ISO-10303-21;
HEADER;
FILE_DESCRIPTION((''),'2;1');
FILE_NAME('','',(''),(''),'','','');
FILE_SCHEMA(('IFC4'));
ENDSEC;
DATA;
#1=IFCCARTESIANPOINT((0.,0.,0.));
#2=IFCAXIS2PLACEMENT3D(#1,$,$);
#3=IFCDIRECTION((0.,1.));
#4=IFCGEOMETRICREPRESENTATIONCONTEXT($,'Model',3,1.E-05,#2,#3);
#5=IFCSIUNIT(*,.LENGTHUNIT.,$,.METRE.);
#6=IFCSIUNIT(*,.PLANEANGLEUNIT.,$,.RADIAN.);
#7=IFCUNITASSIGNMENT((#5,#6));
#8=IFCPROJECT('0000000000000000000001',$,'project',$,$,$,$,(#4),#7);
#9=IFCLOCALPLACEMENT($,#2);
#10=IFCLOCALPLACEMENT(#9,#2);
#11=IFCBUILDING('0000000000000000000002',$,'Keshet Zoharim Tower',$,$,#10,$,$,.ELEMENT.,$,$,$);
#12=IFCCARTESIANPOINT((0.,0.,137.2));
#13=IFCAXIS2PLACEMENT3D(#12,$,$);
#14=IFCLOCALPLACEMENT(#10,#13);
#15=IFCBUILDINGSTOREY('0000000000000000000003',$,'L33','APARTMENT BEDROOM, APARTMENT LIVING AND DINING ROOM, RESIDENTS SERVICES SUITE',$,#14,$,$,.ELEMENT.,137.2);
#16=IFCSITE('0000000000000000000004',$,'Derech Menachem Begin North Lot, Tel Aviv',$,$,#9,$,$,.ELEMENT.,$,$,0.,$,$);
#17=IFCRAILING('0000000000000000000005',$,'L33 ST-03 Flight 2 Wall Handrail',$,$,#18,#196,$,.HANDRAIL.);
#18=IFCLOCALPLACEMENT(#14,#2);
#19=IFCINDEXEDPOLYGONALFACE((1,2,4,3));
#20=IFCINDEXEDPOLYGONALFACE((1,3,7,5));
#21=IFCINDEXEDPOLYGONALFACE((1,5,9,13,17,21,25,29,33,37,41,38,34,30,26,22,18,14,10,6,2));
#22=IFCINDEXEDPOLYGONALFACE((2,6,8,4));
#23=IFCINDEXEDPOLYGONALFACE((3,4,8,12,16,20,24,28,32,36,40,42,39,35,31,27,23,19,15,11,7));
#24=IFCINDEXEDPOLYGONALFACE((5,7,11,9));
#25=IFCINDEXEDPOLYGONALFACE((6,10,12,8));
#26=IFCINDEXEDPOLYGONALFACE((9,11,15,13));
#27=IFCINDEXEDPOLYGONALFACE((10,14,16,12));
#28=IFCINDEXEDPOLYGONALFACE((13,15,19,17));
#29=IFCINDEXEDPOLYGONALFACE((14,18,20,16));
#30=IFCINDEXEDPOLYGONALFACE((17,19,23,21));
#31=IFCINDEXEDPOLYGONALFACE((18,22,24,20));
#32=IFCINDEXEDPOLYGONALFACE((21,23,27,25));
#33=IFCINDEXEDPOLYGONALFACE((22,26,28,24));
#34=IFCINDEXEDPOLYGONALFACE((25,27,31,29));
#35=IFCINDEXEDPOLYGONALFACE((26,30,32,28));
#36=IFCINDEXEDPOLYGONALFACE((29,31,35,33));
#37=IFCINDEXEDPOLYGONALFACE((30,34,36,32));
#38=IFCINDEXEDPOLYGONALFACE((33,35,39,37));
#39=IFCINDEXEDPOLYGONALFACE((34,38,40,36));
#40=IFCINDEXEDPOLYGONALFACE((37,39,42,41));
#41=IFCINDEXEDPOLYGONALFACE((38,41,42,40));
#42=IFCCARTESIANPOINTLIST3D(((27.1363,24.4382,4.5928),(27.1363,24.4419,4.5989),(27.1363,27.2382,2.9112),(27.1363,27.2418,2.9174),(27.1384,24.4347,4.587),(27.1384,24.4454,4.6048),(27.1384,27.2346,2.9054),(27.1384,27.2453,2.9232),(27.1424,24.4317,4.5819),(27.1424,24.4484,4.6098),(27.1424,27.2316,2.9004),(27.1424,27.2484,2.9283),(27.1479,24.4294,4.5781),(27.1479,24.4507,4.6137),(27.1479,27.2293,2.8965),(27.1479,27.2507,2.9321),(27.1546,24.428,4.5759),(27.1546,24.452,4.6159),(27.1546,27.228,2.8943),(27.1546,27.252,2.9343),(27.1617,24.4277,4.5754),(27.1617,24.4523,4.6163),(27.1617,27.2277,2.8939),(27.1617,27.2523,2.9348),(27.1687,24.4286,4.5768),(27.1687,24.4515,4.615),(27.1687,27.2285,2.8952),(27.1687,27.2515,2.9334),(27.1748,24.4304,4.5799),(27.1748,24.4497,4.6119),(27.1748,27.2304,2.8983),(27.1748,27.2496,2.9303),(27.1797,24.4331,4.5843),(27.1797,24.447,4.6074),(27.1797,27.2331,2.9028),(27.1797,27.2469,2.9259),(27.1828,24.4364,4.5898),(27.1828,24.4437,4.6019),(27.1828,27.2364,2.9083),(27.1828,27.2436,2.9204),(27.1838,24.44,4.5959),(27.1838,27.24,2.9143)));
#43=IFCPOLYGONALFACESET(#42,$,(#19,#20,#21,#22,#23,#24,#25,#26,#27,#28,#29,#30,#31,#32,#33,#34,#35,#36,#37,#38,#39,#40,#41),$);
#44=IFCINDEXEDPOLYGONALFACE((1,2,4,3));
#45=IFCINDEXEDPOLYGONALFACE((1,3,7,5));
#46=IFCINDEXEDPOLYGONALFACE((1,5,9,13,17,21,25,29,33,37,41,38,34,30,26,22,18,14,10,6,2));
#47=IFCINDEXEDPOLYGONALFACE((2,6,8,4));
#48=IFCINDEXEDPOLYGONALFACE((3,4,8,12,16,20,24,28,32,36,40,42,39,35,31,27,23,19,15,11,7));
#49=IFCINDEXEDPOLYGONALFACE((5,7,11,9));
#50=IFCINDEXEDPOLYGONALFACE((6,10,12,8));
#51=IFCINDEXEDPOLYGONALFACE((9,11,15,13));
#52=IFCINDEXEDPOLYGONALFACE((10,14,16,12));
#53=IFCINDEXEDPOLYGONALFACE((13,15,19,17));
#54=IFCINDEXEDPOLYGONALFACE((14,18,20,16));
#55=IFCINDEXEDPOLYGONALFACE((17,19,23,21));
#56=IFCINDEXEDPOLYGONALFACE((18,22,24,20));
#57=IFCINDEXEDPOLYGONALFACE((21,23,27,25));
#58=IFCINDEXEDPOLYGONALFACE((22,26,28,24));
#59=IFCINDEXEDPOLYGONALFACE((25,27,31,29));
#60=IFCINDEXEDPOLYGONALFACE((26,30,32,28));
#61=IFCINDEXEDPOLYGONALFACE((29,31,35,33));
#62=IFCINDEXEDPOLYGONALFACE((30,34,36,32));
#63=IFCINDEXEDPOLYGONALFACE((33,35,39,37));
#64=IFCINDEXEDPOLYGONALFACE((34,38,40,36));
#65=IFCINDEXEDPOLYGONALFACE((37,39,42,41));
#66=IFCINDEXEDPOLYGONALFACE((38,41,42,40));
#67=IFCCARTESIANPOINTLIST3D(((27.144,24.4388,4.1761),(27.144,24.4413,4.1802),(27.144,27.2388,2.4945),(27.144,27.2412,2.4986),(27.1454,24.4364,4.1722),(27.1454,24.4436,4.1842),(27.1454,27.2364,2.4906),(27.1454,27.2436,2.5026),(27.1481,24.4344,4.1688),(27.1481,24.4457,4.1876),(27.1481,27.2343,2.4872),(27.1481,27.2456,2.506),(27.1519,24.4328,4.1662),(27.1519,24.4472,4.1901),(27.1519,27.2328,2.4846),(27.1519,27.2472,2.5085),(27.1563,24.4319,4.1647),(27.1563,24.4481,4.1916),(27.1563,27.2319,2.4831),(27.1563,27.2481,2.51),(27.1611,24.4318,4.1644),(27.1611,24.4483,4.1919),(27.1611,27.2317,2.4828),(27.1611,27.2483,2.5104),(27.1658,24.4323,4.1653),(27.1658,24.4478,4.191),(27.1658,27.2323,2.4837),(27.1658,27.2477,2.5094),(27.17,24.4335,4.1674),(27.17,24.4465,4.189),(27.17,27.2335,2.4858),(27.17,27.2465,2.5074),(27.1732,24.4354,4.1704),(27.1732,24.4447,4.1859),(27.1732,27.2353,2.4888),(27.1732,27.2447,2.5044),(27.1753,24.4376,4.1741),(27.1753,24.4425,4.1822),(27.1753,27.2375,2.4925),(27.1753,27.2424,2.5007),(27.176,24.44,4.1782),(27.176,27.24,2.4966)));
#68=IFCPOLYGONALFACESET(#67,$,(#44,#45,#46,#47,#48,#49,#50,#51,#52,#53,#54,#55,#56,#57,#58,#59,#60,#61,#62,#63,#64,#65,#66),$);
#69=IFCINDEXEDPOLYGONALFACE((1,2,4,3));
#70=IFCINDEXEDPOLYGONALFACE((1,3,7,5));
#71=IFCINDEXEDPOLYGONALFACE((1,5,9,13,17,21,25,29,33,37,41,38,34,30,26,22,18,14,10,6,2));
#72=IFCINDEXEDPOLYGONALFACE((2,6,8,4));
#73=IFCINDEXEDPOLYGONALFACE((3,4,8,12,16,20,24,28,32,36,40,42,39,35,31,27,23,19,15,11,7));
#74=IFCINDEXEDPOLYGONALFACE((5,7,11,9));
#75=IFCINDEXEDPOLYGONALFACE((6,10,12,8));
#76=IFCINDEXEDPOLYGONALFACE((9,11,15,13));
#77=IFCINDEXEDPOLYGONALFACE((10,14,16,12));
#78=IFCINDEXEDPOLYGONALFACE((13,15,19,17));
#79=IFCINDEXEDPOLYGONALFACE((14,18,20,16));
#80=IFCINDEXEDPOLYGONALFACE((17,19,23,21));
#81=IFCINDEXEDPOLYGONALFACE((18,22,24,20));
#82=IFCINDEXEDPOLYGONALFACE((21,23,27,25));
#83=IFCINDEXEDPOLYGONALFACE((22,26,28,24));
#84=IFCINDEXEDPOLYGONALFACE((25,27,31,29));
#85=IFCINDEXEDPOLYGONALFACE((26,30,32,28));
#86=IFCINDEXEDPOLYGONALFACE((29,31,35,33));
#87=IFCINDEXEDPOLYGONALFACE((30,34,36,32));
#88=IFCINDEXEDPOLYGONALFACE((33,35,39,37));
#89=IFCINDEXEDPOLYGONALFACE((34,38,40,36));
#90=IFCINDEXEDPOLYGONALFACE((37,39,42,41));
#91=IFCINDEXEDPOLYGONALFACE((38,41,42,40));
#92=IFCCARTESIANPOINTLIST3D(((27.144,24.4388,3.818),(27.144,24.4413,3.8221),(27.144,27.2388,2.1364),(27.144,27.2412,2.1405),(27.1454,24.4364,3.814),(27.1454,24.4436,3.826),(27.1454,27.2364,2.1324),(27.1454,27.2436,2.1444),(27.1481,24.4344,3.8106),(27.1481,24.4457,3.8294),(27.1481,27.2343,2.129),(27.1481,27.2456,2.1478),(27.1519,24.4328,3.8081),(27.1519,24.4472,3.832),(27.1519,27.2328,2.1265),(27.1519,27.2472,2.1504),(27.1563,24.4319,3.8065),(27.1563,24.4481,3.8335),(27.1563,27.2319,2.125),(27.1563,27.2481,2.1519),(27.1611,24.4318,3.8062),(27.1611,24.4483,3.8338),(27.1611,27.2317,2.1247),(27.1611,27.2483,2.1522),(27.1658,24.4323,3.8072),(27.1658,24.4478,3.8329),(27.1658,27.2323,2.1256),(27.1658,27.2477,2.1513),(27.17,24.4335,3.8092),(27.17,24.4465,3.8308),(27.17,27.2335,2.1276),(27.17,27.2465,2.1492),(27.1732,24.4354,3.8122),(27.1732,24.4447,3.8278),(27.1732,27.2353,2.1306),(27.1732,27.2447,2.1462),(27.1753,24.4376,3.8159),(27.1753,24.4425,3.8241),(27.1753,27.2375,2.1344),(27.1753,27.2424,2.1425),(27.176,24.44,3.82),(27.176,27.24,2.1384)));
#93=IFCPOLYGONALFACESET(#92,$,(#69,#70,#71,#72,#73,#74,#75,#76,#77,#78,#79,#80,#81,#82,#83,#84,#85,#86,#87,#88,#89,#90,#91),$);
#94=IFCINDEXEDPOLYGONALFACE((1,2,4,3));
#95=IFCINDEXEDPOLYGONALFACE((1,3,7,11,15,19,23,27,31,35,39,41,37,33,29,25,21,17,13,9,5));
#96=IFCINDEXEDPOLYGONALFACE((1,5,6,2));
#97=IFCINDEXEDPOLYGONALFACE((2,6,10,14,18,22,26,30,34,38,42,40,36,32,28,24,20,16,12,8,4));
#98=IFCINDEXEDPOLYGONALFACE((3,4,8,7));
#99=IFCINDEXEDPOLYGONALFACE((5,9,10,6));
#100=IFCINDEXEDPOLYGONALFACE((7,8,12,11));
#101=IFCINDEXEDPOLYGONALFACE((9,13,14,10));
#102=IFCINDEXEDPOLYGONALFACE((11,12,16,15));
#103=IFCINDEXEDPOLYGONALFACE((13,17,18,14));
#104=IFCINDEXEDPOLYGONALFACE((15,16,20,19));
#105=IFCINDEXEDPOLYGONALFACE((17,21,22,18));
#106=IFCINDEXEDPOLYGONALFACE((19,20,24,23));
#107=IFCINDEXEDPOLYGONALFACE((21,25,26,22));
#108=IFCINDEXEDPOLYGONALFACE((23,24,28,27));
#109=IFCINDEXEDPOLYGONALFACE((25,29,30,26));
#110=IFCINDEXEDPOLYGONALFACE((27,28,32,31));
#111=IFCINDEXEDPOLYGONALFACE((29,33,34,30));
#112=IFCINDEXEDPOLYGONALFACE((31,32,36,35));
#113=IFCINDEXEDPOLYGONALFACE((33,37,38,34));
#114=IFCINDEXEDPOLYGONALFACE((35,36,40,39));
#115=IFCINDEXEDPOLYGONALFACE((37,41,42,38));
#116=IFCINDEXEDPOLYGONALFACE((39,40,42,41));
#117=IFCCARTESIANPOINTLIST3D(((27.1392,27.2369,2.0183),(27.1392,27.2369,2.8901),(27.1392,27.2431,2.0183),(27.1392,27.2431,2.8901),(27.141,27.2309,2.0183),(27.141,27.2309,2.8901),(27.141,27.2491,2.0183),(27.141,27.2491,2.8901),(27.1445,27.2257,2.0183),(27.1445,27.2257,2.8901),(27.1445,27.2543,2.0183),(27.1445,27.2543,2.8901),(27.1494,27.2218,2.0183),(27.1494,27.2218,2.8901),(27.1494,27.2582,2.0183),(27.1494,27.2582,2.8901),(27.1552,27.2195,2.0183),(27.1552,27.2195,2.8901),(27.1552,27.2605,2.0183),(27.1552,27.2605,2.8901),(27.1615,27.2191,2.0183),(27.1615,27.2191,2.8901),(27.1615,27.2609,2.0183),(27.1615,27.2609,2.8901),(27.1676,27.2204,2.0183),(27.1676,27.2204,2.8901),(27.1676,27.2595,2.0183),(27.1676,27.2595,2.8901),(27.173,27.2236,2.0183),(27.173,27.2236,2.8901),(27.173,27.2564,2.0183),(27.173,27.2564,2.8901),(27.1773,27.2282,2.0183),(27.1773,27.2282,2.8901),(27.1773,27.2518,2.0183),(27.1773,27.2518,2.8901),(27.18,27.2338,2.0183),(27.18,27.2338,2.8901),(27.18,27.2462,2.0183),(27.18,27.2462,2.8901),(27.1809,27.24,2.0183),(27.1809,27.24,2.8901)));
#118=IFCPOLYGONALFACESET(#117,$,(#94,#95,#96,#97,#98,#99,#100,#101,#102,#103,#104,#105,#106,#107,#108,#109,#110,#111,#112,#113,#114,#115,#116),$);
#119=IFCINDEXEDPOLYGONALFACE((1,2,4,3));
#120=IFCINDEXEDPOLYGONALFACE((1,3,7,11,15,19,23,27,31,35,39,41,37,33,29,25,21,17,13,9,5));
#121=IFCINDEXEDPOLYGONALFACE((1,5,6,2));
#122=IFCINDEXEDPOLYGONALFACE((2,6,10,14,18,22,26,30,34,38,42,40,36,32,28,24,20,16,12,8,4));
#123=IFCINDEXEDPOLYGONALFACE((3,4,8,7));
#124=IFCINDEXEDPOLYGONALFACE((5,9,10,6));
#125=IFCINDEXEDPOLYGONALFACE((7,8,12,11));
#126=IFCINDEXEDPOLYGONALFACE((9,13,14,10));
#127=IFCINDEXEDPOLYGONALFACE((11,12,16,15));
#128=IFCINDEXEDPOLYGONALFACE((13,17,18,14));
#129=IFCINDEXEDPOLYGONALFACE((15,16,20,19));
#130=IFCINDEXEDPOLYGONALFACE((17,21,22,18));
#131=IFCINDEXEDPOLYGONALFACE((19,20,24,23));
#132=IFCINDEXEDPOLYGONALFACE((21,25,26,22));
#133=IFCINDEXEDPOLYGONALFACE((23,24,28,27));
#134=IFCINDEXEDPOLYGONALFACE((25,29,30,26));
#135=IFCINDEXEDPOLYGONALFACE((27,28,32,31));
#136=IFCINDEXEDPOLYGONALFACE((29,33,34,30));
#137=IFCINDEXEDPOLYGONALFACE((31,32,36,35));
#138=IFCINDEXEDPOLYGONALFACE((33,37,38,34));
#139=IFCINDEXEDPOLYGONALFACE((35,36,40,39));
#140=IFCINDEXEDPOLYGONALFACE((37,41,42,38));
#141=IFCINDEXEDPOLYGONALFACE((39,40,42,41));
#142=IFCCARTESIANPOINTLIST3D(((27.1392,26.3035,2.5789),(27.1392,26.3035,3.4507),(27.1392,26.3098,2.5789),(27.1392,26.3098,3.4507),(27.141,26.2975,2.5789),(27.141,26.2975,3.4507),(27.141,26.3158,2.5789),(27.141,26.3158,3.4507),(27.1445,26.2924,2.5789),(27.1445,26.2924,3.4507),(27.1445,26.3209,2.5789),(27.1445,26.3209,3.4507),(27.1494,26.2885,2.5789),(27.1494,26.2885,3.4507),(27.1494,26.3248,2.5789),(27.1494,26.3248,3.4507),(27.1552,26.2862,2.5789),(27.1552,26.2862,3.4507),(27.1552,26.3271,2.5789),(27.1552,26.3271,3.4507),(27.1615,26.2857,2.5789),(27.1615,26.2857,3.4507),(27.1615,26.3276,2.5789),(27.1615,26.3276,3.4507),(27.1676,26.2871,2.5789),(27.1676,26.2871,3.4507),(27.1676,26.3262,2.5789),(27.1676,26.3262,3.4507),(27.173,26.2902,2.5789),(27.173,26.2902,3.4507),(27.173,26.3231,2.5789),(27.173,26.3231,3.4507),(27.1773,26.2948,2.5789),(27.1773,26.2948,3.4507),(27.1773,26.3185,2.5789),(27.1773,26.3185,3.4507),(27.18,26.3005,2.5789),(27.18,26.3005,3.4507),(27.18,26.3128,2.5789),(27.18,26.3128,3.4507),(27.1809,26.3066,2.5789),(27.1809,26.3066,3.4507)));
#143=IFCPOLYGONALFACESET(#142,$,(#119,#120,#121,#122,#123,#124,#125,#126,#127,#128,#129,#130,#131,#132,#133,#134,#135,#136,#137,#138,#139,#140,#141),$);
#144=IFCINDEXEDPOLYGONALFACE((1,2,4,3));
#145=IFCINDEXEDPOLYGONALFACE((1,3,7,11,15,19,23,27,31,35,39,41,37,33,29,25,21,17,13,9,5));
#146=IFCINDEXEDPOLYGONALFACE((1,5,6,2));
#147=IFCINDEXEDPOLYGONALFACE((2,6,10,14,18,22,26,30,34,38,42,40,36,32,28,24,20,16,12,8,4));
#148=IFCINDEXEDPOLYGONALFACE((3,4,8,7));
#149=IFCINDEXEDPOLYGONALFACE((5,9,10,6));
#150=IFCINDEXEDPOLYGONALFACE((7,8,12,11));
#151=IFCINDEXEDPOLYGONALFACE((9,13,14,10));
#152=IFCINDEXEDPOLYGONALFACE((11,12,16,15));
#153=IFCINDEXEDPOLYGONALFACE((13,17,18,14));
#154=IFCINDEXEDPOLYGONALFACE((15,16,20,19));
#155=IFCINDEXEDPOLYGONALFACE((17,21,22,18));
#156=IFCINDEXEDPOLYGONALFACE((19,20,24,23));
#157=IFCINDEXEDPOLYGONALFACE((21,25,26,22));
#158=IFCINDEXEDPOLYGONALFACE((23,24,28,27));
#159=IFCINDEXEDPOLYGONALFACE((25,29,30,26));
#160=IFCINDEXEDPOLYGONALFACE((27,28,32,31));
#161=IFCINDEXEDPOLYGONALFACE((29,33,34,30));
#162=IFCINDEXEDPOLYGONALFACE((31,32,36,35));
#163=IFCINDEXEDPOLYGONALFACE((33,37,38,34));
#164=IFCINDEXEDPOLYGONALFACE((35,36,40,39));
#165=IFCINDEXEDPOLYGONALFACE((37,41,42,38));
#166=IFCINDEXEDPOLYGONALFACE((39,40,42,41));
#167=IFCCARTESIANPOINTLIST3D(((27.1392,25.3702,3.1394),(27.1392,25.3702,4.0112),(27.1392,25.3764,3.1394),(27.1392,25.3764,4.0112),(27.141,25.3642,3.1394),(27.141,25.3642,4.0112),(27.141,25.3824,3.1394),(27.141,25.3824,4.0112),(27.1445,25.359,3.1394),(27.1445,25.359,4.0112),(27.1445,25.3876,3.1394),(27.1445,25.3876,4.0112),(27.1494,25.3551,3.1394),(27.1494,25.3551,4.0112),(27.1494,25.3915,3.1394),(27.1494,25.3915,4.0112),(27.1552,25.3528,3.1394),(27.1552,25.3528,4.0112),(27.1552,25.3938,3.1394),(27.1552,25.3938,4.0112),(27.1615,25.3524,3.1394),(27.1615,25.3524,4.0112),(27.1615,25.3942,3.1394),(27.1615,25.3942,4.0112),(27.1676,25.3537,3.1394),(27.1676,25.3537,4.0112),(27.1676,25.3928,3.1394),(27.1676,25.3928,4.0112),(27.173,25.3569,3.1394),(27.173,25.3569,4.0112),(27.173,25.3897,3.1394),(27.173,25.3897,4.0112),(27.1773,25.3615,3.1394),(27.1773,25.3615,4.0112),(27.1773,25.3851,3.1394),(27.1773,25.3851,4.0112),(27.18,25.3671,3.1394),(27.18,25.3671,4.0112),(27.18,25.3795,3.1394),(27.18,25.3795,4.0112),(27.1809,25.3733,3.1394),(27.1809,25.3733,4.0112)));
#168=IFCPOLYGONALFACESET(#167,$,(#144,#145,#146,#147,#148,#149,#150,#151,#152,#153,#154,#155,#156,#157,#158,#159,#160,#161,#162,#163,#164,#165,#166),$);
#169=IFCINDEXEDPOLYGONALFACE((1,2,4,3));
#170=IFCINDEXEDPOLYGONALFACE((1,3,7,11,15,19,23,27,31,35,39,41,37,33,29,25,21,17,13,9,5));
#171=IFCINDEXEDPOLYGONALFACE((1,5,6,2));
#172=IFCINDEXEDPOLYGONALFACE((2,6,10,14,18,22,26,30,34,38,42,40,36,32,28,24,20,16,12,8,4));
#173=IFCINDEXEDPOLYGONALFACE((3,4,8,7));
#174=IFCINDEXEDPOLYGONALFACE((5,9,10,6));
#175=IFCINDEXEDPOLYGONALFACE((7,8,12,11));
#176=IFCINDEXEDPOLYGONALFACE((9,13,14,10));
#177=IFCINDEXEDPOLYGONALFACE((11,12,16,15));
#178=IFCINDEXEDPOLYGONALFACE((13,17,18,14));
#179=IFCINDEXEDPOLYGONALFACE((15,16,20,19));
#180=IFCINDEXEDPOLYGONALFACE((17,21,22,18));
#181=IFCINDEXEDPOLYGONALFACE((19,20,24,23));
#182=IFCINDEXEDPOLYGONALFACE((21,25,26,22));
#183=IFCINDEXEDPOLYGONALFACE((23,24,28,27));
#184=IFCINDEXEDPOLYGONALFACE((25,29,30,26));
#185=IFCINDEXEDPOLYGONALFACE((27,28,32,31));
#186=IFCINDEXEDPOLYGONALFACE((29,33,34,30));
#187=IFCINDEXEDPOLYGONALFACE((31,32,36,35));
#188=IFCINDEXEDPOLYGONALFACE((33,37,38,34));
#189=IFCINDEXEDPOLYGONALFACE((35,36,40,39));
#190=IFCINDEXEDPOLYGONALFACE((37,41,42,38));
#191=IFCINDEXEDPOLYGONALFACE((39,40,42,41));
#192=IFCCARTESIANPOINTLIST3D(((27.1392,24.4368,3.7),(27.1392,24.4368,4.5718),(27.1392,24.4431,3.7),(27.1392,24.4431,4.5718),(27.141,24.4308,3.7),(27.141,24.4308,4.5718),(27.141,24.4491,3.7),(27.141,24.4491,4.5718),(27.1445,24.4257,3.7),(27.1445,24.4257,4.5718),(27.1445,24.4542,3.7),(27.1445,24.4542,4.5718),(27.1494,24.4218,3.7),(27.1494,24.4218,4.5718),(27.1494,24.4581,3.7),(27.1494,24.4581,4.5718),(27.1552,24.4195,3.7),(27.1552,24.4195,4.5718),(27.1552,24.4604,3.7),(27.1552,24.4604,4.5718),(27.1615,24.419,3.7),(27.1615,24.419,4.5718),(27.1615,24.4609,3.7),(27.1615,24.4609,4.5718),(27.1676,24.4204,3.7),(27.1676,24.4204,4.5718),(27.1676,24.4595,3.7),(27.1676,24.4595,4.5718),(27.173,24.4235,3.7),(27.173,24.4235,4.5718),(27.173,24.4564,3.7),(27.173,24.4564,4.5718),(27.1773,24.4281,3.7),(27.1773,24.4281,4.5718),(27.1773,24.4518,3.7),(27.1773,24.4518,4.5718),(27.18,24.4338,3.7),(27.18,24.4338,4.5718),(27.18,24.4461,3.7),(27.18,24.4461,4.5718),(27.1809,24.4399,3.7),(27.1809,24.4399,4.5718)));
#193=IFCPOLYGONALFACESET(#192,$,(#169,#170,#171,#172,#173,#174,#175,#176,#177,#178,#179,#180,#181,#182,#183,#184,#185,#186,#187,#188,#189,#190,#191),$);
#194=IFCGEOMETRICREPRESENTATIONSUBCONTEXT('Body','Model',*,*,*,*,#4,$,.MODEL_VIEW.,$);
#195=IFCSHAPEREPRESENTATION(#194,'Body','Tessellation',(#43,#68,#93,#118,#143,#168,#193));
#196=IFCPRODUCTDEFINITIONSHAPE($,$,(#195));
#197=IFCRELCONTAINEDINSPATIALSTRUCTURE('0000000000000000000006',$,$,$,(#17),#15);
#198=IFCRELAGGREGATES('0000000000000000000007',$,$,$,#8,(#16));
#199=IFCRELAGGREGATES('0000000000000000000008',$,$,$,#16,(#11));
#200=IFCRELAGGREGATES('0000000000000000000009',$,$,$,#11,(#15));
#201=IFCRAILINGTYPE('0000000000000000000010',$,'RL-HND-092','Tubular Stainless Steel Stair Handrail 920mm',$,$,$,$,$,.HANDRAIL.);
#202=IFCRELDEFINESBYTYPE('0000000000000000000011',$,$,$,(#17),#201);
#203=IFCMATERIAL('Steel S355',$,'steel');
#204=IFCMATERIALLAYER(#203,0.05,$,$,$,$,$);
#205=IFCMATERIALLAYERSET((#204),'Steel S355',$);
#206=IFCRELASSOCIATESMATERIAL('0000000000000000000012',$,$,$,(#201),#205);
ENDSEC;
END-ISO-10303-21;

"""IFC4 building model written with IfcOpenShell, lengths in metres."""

from ifc_helpers import new_model, si_unit, direction, frame, origin, origin_2d, place, context, subcontext, project, spatial, circle, extrude, material, layer, layer_set, type_object, element, save


model = new_model("IFC4")

# Units and contexts
model_context = context("Model", 3, precision=1e-05, world=origin(), true_north=direction((0.0, 1.0)))
body_context = subcontext(model_context, "Body", "Model", "MODEL_VIEW")
ifc_project = project(units=[si_unit("LENGTHUNIT", "METRE"), si_unit("PLANEANGLEUNIT", "RADIAN")], contexts=[model_context])

# Site, building, storey
site_placement = place(None, origin())
site = spatial("IfcSite", under=ifc_project, at=site_placement, Name="Derech Menachem Begin North Lot, Tel Aviv", CompositionType="ELEMENT", RefElevation=0.0)
building_placement = place(site_placement, origin())
building = spatial("IfcBuilding", under=site, at=building_placement, Name="Keshet Zoharim Tower", CompositionType="ELEMENT")
storey_placement = place(building_placement, frame((0.0, 0.0, 137.2)))
storey = spatial("IfcBuildingStorey", under=building, at=storey_placement, Name="L33", Description="APARTMENT BEDROOM, APARTMENT LIVING AND DINING ROOM, RESIDENTS SERVICES SUITE", CompositionType="ELEMENT", Elevation=137.2)

# Shared definitions
ifc_material_1 = material(Name="Steel S355", Category="steel")

# Railing
ifc_layer_1 = layer(ifc_material_1, 0.05)
ifc_layer_set_1 = layer_set([ifc_layer_1], Name="Steel S355")
railing_type = type_object("IfcRailingType", Name="RL-HND-092", Description="Tubular Stainless Steel Stair Handrail 920mm", PredefinedType="HANDRAIL", material=ifc_layer_set_1)
for number, where, name in (
    (1, (27.1599, 27.24, 2.0183), "L33 ST-03 Flight 2 Wall Handrail"),
):
    element("IfcRailing", number, at=place(storey_placement, frame(where)), inside=storey, type_object=railing_type, Name=name, PredefinedType="HANDRAIL", context=body_context, shape_type="SweptSolid", body=[
        extrude(circle(Radius=0.0239, at=origin_2d()), frame((0.0, 0.0, 0.896), z_axis=(0.0, -0.857275, 0.514858), x_axis=(1.0, 0.0, 0.0)), (0.0, 0.0, 1.0), 3.2661),
        extrude(circle(Radius=0.0161, at=origin_2d()), frame((0.0, 0.0, 0.4783), z_axis=(0.0, -0.857275, 0.514858), x_axis=(1.0, 0.0, 0.0)), (0.0, 0.0, 1.0), 3.2661),
        extrude(circle(Radius=0.0161, at=origin_2d()), frame((0.0, 0.0, 0.1201), z_axis=(0.0, -0.857275, 0.514858), x_axis=(1.0, 0.0, 0.0)), (0.0, 0.0, 1.0), 3.2661),
        extrude(circle(Radius=0.021, at=origin_2d()), origin(), (0.0, 0.0, 1.0), 0.8718),
        extrude(circle(Radius=0.021, at=origin_2d()), frame((0.0, -0.9333, 0.5605)), (0.0, 0.0, 1.0), 0.8718),
        extrude(circle(Radius=0.021, at=origin_2d()), frame((0.0, -1.8667, 1.1211)), (0.0, 0.0, 1.0), 0.8718),
        extrude(circle(Radius=0.021, at=origin_2d()), frame((0.0, -2.8, 1.6816)), (0.0, 0.0, 1.0), 0.8718),
    ])

save(model, "model.ifc")
